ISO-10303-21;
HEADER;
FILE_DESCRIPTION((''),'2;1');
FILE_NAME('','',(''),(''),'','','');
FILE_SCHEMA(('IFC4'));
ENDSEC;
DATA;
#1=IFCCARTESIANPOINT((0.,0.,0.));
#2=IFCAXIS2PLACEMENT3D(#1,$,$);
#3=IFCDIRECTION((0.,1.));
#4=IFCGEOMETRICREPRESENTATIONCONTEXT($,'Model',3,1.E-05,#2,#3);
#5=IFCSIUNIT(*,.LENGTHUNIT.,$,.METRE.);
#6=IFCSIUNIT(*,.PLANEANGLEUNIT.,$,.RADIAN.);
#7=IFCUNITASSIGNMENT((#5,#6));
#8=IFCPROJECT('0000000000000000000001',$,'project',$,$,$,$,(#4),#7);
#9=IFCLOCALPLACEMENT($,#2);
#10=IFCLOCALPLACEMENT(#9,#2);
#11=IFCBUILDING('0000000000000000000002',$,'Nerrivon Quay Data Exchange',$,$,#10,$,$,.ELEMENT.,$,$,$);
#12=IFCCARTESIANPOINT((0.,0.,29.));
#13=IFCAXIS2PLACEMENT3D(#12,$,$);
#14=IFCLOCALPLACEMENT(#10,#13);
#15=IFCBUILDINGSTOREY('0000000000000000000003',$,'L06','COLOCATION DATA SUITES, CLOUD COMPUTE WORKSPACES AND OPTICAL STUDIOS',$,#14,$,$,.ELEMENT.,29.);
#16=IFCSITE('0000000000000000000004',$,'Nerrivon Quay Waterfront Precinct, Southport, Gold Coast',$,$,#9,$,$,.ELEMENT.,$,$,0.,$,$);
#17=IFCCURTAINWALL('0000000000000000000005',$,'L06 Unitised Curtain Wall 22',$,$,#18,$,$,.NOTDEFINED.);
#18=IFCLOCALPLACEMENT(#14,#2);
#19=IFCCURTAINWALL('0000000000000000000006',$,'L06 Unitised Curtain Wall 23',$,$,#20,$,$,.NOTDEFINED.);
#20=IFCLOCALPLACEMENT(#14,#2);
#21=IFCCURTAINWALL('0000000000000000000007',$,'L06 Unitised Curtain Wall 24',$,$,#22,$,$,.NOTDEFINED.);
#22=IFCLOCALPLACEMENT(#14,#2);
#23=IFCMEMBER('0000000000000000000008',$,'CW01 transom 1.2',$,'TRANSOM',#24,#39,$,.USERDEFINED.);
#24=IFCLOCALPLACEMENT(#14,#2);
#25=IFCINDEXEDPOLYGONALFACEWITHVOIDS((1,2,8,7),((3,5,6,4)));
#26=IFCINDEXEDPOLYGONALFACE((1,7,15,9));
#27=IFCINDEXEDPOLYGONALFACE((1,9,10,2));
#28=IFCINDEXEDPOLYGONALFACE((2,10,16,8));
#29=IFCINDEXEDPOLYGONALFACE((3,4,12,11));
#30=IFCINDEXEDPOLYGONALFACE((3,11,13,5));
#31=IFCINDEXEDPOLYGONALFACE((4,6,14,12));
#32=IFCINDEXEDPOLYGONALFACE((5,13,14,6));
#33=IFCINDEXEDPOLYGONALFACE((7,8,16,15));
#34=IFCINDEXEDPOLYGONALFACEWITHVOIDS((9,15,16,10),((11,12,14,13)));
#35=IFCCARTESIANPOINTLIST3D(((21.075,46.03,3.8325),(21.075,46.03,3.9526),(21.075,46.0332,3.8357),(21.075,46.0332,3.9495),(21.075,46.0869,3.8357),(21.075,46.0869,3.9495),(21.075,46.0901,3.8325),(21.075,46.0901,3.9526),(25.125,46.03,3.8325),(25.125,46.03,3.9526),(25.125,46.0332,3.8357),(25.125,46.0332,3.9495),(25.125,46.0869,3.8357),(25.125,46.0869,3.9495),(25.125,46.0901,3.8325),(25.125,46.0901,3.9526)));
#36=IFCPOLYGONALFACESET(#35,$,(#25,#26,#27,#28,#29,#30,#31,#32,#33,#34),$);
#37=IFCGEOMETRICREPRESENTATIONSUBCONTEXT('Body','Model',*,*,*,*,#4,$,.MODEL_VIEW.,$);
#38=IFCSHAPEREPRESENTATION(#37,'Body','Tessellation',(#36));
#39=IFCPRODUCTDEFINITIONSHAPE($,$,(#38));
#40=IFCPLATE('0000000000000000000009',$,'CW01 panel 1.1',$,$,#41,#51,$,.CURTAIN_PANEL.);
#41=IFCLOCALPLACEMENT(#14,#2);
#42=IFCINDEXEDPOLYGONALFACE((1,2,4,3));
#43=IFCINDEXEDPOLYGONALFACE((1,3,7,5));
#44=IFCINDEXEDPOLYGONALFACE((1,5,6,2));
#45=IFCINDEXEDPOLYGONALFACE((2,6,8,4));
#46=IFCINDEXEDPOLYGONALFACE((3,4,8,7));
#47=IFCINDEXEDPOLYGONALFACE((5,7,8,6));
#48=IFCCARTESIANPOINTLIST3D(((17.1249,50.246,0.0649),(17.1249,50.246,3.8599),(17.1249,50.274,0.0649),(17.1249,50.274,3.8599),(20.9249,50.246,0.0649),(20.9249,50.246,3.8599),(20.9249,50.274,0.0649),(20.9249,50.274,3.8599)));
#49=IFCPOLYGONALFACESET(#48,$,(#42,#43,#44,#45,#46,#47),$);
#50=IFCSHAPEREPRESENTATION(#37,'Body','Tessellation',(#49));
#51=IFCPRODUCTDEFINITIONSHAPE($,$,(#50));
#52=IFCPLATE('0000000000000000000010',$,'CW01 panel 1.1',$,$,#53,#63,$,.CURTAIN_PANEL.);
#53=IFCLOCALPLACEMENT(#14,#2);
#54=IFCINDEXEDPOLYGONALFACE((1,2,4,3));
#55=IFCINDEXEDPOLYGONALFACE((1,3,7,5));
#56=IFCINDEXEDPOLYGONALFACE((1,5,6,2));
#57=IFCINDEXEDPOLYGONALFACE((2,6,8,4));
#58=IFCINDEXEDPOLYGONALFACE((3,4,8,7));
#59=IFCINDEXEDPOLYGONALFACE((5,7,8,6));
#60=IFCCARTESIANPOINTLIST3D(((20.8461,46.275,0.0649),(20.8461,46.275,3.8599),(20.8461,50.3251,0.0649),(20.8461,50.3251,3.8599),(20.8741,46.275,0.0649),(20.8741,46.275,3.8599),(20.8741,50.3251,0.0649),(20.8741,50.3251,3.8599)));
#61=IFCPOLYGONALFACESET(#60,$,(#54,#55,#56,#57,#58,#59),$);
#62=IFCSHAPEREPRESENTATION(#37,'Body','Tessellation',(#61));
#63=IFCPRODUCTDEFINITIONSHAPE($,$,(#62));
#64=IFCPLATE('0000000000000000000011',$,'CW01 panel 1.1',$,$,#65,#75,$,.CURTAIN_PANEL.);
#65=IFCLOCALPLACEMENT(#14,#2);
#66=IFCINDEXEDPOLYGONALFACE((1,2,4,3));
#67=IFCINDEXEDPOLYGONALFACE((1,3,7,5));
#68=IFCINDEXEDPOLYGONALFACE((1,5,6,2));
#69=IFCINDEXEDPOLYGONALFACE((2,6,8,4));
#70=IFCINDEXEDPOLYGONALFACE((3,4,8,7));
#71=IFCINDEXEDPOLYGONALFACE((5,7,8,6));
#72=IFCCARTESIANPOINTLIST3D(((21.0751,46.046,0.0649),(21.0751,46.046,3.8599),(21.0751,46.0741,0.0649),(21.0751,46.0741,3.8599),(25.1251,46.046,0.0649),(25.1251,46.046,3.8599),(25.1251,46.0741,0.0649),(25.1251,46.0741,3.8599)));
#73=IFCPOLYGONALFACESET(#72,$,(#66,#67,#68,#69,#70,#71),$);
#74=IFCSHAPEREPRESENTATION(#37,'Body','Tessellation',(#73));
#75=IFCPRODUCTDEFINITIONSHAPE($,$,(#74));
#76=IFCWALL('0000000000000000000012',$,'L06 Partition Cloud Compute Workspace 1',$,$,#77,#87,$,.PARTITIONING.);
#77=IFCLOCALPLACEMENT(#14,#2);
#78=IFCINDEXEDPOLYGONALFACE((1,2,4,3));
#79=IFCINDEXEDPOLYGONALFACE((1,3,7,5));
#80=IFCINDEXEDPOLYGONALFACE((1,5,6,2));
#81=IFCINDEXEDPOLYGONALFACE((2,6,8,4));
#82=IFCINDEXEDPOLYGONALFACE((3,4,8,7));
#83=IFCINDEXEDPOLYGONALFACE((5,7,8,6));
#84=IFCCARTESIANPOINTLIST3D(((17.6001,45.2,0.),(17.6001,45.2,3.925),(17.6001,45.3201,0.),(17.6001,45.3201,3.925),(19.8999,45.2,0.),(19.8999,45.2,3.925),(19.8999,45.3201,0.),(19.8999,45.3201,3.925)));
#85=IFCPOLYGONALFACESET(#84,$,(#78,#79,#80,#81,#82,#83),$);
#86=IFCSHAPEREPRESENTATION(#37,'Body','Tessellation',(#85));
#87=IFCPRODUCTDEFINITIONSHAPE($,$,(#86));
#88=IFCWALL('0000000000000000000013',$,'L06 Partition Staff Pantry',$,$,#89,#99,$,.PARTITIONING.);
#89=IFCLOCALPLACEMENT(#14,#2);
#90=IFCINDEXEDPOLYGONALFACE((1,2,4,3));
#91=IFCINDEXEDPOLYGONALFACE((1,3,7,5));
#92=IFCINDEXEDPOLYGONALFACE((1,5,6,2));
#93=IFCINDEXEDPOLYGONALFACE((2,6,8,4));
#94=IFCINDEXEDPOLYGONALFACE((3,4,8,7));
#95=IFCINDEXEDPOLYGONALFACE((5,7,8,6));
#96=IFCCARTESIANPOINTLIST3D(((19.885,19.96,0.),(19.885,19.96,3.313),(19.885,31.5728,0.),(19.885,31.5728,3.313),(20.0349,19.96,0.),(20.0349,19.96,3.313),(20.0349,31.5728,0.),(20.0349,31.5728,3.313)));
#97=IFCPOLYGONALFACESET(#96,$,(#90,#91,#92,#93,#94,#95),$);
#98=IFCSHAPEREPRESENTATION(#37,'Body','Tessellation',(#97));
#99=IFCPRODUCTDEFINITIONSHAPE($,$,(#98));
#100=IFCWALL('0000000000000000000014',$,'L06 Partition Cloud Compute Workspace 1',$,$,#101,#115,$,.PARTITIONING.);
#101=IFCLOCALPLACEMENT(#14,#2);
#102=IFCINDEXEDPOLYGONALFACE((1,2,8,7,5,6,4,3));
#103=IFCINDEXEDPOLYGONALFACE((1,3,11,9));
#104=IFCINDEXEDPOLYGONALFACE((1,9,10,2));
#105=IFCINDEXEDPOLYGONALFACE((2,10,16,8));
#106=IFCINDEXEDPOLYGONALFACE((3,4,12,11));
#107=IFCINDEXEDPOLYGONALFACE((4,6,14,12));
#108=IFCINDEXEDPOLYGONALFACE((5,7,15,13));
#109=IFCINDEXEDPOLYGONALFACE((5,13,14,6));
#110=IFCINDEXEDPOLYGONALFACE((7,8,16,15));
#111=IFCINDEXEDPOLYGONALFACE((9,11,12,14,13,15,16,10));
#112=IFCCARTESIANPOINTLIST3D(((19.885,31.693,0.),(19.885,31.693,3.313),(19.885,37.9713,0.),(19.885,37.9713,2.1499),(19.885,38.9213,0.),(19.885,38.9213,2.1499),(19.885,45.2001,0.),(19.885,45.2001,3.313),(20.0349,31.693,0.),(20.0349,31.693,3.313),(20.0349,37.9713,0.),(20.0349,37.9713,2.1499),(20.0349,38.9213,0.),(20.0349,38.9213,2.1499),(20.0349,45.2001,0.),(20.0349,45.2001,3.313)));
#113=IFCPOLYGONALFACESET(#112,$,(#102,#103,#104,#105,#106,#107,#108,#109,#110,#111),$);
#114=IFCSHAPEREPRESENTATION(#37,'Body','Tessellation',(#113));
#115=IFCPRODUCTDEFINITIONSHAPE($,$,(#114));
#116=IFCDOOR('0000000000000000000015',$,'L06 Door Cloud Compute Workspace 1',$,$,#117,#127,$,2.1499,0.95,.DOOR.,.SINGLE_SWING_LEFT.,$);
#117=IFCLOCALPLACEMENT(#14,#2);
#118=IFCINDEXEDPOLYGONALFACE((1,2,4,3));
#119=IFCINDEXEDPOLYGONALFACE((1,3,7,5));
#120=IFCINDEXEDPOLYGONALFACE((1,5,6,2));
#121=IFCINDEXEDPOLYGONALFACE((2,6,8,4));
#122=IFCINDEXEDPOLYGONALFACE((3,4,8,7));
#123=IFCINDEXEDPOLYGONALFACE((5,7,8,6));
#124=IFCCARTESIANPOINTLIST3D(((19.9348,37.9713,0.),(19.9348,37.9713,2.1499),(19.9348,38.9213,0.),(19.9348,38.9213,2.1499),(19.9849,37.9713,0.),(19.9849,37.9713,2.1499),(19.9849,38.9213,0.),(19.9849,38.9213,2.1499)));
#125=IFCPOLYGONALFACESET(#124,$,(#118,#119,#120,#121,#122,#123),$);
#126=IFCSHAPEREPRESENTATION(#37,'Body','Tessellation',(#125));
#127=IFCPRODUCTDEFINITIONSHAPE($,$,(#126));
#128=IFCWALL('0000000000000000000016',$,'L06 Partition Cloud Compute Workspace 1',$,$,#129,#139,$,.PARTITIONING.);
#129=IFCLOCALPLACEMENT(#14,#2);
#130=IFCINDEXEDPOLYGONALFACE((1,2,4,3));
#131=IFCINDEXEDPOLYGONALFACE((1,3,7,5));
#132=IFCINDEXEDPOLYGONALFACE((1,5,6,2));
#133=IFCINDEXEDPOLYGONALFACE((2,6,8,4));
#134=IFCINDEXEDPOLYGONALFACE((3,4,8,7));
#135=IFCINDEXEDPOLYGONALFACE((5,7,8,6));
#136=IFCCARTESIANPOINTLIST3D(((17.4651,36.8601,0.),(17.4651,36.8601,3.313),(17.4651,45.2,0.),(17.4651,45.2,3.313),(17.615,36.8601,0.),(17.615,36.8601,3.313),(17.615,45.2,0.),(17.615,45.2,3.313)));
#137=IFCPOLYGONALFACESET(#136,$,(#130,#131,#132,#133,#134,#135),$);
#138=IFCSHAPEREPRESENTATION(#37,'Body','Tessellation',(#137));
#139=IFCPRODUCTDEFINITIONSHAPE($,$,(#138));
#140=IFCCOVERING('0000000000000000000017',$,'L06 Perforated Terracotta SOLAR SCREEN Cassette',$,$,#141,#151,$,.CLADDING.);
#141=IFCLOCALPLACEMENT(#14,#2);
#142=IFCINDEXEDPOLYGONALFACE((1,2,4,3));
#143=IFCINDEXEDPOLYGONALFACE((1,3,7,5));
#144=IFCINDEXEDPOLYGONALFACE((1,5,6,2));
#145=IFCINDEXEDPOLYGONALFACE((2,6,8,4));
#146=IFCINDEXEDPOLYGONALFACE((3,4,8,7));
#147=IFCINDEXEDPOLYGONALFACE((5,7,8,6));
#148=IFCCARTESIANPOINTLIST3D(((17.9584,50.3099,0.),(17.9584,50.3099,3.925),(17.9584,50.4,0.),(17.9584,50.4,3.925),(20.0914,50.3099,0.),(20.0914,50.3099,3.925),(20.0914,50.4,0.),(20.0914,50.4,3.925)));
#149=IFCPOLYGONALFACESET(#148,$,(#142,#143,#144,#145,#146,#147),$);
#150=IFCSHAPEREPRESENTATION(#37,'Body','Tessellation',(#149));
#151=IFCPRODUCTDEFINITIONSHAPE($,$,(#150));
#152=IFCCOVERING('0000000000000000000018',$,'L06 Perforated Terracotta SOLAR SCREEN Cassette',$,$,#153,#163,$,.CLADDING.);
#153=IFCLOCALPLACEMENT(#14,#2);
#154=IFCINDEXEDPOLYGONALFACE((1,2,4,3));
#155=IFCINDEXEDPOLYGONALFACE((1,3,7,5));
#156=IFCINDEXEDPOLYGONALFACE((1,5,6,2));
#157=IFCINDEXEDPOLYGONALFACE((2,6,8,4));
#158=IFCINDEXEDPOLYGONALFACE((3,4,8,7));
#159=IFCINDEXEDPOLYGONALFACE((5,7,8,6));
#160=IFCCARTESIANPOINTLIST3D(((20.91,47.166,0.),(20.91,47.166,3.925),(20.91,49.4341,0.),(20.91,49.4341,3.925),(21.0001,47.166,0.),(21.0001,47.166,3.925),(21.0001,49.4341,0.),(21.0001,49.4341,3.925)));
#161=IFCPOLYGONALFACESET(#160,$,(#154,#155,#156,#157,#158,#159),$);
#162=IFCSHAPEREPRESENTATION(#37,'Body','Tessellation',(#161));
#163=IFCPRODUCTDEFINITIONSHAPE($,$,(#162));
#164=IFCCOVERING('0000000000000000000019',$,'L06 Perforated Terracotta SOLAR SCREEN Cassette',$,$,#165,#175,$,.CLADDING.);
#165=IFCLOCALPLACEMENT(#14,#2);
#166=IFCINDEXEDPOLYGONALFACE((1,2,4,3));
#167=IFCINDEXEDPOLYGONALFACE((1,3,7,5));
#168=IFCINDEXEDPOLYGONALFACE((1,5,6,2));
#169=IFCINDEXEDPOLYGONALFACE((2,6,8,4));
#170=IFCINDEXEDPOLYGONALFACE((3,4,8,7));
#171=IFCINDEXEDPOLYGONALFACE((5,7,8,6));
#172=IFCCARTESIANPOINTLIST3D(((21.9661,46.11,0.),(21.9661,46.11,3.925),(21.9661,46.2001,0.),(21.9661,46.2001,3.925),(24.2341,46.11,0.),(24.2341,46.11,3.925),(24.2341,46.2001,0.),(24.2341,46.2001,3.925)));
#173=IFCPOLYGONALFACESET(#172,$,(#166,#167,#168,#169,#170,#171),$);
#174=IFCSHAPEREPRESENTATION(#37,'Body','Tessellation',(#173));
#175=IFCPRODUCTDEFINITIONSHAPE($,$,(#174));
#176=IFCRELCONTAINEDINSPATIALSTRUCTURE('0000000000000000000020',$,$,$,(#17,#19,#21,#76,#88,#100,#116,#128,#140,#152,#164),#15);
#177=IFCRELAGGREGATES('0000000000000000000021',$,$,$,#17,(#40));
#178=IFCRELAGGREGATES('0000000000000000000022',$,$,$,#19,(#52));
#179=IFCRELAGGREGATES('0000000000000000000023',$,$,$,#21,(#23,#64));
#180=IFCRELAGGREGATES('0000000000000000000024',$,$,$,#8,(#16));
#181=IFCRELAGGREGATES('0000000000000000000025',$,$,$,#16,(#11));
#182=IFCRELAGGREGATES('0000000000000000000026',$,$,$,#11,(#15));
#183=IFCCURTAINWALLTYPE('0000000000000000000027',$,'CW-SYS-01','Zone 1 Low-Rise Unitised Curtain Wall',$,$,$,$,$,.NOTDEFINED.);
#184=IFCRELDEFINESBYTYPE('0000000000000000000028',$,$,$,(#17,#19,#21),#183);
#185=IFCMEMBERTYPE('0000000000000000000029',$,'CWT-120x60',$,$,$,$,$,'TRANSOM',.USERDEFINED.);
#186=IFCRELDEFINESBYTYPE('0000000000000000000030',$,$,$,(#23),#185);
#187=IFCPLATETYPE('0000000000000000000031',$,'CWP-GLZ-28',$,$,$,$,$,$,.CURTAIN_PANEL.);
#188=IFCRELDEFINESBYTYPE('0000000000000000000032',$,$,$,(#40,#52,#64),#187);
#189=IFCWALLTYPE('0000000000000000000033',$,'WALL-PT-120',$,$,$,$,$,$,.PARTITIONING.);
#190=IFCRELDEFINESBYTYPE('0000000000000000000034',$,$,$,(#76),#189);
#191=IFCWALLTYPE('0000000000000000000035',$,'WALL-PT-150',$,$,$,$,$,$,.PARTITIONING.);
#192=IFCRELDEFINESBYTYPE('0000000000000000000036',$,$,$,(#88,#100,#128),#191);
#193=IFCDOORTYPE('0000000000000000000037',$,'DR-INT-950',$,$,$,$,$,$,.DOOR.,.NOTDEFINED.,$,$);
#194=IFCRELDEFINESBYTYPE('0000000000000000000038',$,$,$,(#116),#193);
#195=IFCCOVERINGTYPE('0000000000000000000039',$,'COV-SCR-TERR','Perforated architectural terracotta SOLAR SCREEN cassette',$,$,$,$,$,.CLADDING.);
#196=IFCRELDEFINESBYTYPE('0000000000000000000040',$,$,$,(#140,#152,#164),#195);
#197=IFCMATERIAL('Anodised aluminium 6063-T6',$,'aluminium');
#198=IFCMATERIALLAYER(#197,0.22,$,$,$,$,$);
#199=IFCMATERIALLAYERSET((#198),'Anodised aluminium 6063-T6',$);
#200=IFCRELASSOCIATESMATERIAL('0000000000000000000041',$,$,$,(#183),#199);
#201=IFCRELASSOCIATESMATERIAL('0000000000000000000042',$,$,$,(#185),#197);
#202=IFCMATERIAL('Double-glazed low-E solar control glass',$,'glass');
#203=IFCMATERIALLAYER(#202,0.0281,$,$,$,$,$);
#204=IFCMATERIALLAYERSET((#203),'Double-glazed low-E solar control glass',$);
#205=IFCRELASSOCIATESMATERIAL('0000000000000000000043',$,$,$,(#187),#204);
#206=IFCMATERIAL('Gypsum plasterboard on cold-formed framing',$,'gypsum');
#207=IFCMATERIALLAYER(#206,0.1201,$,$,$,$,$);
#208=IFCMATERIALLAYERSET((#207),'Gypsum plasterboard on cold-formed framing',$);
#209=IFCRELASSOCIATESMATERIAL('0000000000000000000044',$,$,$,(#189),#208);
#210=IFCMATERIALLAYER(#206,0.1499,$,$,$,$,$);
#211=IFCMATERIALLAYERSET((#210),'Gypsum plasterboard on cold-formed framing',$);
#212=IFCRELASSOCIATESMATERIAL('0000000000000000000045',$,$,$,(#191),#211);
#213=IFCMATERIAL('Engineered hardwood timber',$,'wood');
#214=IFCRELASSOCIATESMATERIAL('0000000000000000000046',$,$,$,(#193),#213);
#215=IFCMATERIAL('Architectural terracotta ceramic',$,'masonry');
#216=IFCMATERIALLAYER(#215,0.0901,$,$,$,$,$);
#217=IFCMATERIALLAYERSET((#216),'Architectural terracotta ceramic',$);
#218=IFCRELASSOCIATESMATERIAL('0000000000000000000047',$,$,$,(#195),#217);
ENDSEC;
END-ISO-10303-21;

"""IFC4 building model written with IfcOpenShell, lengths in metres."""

from ifc_helpers import new_model, si_unit, direction, frame, frame_2d, origin, origin_2d, place, context, subcontext, project, spatial, rectangle, hollow_rectangle, extrude, material, layer, layer_set, material_profile, profile_set, type_object, element, fill, aggregate, save


model = new_model("IFC4")

# Units and contexts
model_context = context("Model", 3, precision=1e-05, world=origin(), true_north=direction((0.0, 1.0)))
body_context = subcontext(model_context, "Body", "Model", "MODEL_VIEW")
ifc_project = project(units=[si_unit("LENGTHUNIT", "METRE"), si_unit("PLANEANGLEUNIT", "RADIAN")], contexts=[model_context])

# Site, building, storey
site_placement = place(None, origin())
site = spatial("IfcSite", under=ifc_project, at=site_placement, Name="Nerrivon Quay Waterfront Precinct, Southport, Gold Coast", CompositionType="ELEMENT", RefElevation=0.0)
building_placement = place(site_placement, origin())
building = spatial("IfcBuilding", under=site, at=building_placement, Name="Nerrivon Quay Data Exchange", CompositionType="ELEMENT")
storey_placement = place(building_placement, frame((0.0, 0.0, 29.0)))
storey = spatial("IfcBuildingStorey", under=building, at=storey_placement, Name="L06", Description="COLOCATION DATA SUITES, CLOUD COMPUTE WORKSPACES AND OPTICAL STUDIOS", CompositionType="ELEMENT", Elevation=29.0)

# Curtain walls
ifc_material_1 = material(Name="Anodised aluminium 6063-T6", Category="aluminium")
ifc_layer_1 = layer(ifc_material_1, 0.22)
ifc_layer_set_1 = layer_set([ifc_layer_1], Name="Anodised aluminium 6063-T6")
curtain_wall_type = type_object("IfcCurtainWallType", Name="CW-SYS-01", Description="Zone 1 Low-Rise Unitised Curtain Wall", PredefinedType="NOTDEFINED", material=ifc_layer_set_1)
curtain_wall_1_placement = place(storey_placement, origin())
curtain_wall_1 = element("IfcCurtainWall", 1, at=curtain_wall_1_placement, inside=storey, type_object=curtain_wall_type, Name="L06 Unitised Curtain Wall 22", PredefinedType="NOTDEFINED")
curtain_wall_2_placement = place(storey_placement, origin())
curtain_wall_2 = element("IfcCurtainWall", 2, at=curtain_wall_2_placement, inside=storey, type_object=curtain_wall_type, Name="L06 Unitised Curtain Wall 23", PredefinedType="NOTDEFINED")

# Curtain wall
curtain_wall_3_placement = place(storey_placement, origin())
curtain_wall_3 = element("IfcCurtainWall", 3, at=curtain_wall_3_placement, inside=storey, type_object=curtain_wall_type, Name="L06 Unitised Curtain Wall 24", PredefinedType="NOTDEFINED")

# Member
ifc_material_profile_1 = material_profile(ifc_material_1, hollow_rectangle(XDim=0.0601, YDim=0.1201, WallThickness=0.0032, at=origin_2d()), Name="ALU-TRAN-120x60")
ifc_profile_set_1 = profile_set([ifc_material_profile_1], Name="Anodised aluminium 6063-T6")
member_type_1 = type_object("IfcMemberType", Name="CWT-120x60", ElementType="TRANSOM", PredefinedType="USERDEFINED", material=ifc_profile_set_1)
member_1_placement = place(storey_placement, frame((21.075, 46.0601, 3.8926), z_axis=(1.0, 0.0, 0.0), x_axis=(0.0, 1.0, 0.0)))
member_1 = element("IfcMember", 4, at=member_1_placement, type_object=member_type_1, Name="CW01 transom 1.2", ObjectType="TRANSOM", PredefinedType="USERDEFINED", context=body_context, shape_type="SweptSolid", body=[
    extrude(hollow_rectangle(XDim=0.0601, YDim=0.1201, WallThickness=0.0032, at=origin_2d()), origin(), (0.0, 0.0, 1.0), 4.05),
])

# Plates
ifc_material_2 = material(Name="Double-glazed low-E solar control glass", Category="glass")
ifc_layer_2 = layer(ifc_material_2, 0.0281)
ifc_layer_set_2 = layer_set([ifc_layer_2], Name="Double-glazed low-E solar control glass")
plate_type = type_object("IfcPlateType", Name="CWP-GLZ-28", PredefinedType="CURTAIN_PANEL", material=ifc_layer_set_2)
plate_1_placement = place(storey_placement, frame((19.0249, 50.26, 0.0649), z_axis=(0.0, 0.0, 1.0), x_axis=(1.0, 0.0, 0.0)))
plate_1 = element("IfcPlate", 5, at=plate_1_placement, type_object=plate_type, Name="CW01 panel 1.1", PredefinedType="CURTAIN_PANEL", context=body_context, shape_type="SweptSolid", body=[
    extrude(rectangle(XDim=3.8, YDim=0.0281, at=origin_2d()), origin(), (0.0, 0.0, 1.0), 3.7949),
])
aggregate(curtain_wall_1, [plate_1])
plate_2_placement = place(storey_placement, frame((20.8601, 48.3, 0.0649), z_axis=(0.0, 0.0, 1.0), x_axis=(0.0, -1.0, 0.0)))
plate_2 = element("IfcPlate", 6, at=plate_2_placement, type_object=plate_type, Name="CW01 panel 1.1", PredefinedType="CURTAIN_PANEL", context=body_context, shape_type="SweptSolid", body=[
    extrude(rectangle(XDim=4.05, YDim=0.0281, at=origin_2d()), origin(), (0.0, 0.0, 1.0), 3.7949),
])
aggregate(curtain_wall_2, [plate_2])
plate_3_placement = place(storey_placement, frame((23.1001, 46.0601, 0.0649), z_axis=(0.0, 0.0, 1.0), x_axis=(1.0, 0.0, 0.0)))
plate_3 = element("IfcPlate", 7, at=plate_3_placement, type_object=plate_type, Name="CW01 panel 1.1", PredefinedType="CURTAIN_PANEL", context=body_context, shape_type="SweptSolid", body=[
    extrude(rectangle(XDim=4.05, YDim=0.0281, at=origin_2d()), origin(), (0.0, 0.0, 1.0), 3.7949),
])
aggregate(curtain_wall_3, [member_1, plate_3])

# Walls
ifc_material_3 = material(Name="Gypsum plasterboard on cold-formed framing", Category="gypsum")
ifc_layer_3 = layer(ifc_material_3, 0.1201)
ifc_layer_set_3 = layer_set([ifc_layer_3], Name="Gypsum plasterboard on cold-formed framing")
wall_type_1 = type_object("IfcWallType", Name="WALL-PT-120", PredefinedType="PARTITIONING", material=ifc_layer_set_3)
wall_1_placement = place(storey_placement, frame((17.6001, 45.26, 0.0), z_axis=(0.0, 0.0, 1.0), x_axis=(1.0, 0.0, 0.0)))
element("IfcWall", 8, at=wall_1_placement, inside=storey, type_object=wall_type_1, Name="L06 Partition Cloud Compute Workspace 1", PredefinedType="PARTITIONING", context=body_context, shape_type="SweptSolid", body=[
    extrude(rectangle(XDim=2.2998, YDim=0.1201, at=frame_2d((1.1499, 0.0))), origin(), (0.0, 0.0, 1.0), 3.925),
])
ifc_layer_4 = layer(ifc_material_3, 0.1499)
ifc_layer_set_4 = layer_set([ifc_layer_4], Name="Gypsum plasterboard on cold-formed framing")
wall_type_2 = type_object("IfcWallType", Name="WALL-PT-150", PredefinedType="PARTITIONING", material=ifc_layer_set_4)
wall_2_placement = place(storey_placement, frame((19.96, 31.5728, 0.0), z_axis=(0.0, 0.0, 1.0), x_axis=(0.0, -1.0, 0.0)))
element("IfcWall", 9, at=wall_2_placement, inside=storey, type_object=wall_type_2, Name="L06 Partition Staff Pantry", PredefinedType="PARTITIONING", context=body_context, shape_type="SweptSolid", body=[
    extrude(rectangle(XDim=11.6128, YDim=0.1499, at=frame_2d((5.8064, 0.0))), origin(), (0.0, 0.0, 1.0), 3.313),
])

# Wall, opening, door
wall_3_placement = place(storey_placement, frame((19.96, 45.2, 0.0), z_axis=(0.0, 0.0, 1.0), x_axis=(0.0, -1.0, 0.0)))
wall_3 = element("IfcWall", 10, at=wall_3_placement, inside=storey, type_object=wall_type_2, Name="L06 Partition Cloud Compute Workspace 1", PredefinedType="PARTITIONING", context=body_context, shape_type="SweptSolid", body=[
    extrude(rectangle(XDim=13.5071, YDim=0.1499, at=frame_2d((6.7534, 0.0))), origin(), (0.0, 0.0, 1.0), 3.313),
])
opening_placement = place(wall_3_placement, frame((6.2786, 0.0, 0.0)))
opening = element("IfcOpeningElement", 11, at=opening_placement, cuts=wall_3, PredefinedType="OPENING", context=body_context, shape_type="SweptSolid", body=[
    extrude(rectangle(XDim=0.95, YDim=2.1499, at=frame_2d((0.4751, 1.075))), frame((0.0, 0.085, 0.0), z_axis=(0.0, -1.0, 0.0), x_axis=(1.0, 0.0, 0.0)), (0.0, 0.0, 1.0), 0.1699),
])
ifc_material_4 = material(Name="Engineered hardwood timber", Category="wood")
door_type = type_object("IfcDoorType", Name="DR-INT-950", OperationType="NOTDEFINED", PredefinedType="DOOR", material=ifc_material_4)
door_placement = place(opening_placement, origin())
door = element("IfcDoor", 12, at=door_placement, inside=storey, type_object=door_type, Name="L06 Door Cloud Compute Workspace 1", OperationType="SINGLE_SWING_LEFT", OverallHeight=2.1499, OverallWidth=0.95, PredefinedType="DOOR", context=body_context, shape_type="SweptSolid", body=[
    extrude(rectangle(XDim=0.95, YDim=2.1499, at=frame_2d((0.4751, 1.075))), frame((0.0, 0.0249, 0.0), z_axis=(0.0, -1.0, 0.0), x_axis=(1.0, 0.0, 0.0)), (0.0, 0.0, 1.0), 0.05),
])
fill(opening, door)

# Wall
wall_4_placement = place(storey_placement, frame((17.54, 36.8601, 0.0), z_axis=(0.0, 0.0, 1.0), x_axis=(0.0, 1.0, 0.0)))
element("IfcWall", 13, at=wall_4_placement, inside=storey, type_object=wall_type_2, Name="L06 Partition Cloud Compute Workspace 1", PredefinedType="PARTITIONING", context=body_context, shape_type="SweptSolid", body=[
    extrude(rectangle(XDim=8.3398, YDim=0.1499, at=frame_2d((4.1699, 0.0))), origin(), (0.0, 0.0, 1.0), 3.313),
])

# Coverings
ifc_material_5 = material(Name="Architectural terracotta ceramic", Category="masonry")
ifc_layer_5 = layer(ifc_material_5, 0.0901)
ifc_layer_set_5 = layer_set([ifc_layer_5], Name="Architectural terracotta ceramic")
covering_type = type_object("IfcCoveringType", Name="COV-SCR-TERR", Description="Perforated architectural terracotta SOLAR SCREEN cassette", PredefinedType="CLADDING", material=ifc_layer_set_5)
covering_placement = place(storey_placement, frame((19.0249, 50.355, 0.0), z_axis=(0.0, 0.0, 1.0), x_axis=(1.0, 0.0, 0.0)))
element("IfcCovering", 14, at=covering_placement, inside=storey, type_object=covering_type, Name="L06 Perforated Terracotta SOLAR SCREEN Cassette", PredefinedType="CLADDING", context=body_context, shape_type="SweptSolid", body=[
    extrude(rectangle(XDim=2.1331, YDim=0.0901, at=origin_2d()), origin(), (0.0, 0.0, 1.0), 3.925),
])
for number, where, z_axis, x_axis, name in (
    (15, (20.9551, 48.3, 0.0), (0.0, 0.0, 1.0), (0.0, -1.0, 0.0), "L06 Perforated Terracotta SOLAR SCREEN Cassette"),
    (16, (23.1001, 46.155, 0.0), (0.0, 0.0, 1.0), (1.0, 0.0, 0.0), "L06 Perforated Terracotta SOLAR SCREEN Cassette"),
):
    element("IfcCovering", number, at=place(storey_placement, frame(where, z_axis=z_axis, x_axis=x_axis)), inside=storey, type_object=covering_type, Name=name, PredefinedType="CLADDING", context=body_context, shape_type="SweptSolid", body=[
        extrude(rectangle(XDim=2.2681, YDim=0.0901, at=origin_2d()), origin(), (0.0, 0.0, 1.0), 3.925),
    ])

save(model, "model.ifc")
